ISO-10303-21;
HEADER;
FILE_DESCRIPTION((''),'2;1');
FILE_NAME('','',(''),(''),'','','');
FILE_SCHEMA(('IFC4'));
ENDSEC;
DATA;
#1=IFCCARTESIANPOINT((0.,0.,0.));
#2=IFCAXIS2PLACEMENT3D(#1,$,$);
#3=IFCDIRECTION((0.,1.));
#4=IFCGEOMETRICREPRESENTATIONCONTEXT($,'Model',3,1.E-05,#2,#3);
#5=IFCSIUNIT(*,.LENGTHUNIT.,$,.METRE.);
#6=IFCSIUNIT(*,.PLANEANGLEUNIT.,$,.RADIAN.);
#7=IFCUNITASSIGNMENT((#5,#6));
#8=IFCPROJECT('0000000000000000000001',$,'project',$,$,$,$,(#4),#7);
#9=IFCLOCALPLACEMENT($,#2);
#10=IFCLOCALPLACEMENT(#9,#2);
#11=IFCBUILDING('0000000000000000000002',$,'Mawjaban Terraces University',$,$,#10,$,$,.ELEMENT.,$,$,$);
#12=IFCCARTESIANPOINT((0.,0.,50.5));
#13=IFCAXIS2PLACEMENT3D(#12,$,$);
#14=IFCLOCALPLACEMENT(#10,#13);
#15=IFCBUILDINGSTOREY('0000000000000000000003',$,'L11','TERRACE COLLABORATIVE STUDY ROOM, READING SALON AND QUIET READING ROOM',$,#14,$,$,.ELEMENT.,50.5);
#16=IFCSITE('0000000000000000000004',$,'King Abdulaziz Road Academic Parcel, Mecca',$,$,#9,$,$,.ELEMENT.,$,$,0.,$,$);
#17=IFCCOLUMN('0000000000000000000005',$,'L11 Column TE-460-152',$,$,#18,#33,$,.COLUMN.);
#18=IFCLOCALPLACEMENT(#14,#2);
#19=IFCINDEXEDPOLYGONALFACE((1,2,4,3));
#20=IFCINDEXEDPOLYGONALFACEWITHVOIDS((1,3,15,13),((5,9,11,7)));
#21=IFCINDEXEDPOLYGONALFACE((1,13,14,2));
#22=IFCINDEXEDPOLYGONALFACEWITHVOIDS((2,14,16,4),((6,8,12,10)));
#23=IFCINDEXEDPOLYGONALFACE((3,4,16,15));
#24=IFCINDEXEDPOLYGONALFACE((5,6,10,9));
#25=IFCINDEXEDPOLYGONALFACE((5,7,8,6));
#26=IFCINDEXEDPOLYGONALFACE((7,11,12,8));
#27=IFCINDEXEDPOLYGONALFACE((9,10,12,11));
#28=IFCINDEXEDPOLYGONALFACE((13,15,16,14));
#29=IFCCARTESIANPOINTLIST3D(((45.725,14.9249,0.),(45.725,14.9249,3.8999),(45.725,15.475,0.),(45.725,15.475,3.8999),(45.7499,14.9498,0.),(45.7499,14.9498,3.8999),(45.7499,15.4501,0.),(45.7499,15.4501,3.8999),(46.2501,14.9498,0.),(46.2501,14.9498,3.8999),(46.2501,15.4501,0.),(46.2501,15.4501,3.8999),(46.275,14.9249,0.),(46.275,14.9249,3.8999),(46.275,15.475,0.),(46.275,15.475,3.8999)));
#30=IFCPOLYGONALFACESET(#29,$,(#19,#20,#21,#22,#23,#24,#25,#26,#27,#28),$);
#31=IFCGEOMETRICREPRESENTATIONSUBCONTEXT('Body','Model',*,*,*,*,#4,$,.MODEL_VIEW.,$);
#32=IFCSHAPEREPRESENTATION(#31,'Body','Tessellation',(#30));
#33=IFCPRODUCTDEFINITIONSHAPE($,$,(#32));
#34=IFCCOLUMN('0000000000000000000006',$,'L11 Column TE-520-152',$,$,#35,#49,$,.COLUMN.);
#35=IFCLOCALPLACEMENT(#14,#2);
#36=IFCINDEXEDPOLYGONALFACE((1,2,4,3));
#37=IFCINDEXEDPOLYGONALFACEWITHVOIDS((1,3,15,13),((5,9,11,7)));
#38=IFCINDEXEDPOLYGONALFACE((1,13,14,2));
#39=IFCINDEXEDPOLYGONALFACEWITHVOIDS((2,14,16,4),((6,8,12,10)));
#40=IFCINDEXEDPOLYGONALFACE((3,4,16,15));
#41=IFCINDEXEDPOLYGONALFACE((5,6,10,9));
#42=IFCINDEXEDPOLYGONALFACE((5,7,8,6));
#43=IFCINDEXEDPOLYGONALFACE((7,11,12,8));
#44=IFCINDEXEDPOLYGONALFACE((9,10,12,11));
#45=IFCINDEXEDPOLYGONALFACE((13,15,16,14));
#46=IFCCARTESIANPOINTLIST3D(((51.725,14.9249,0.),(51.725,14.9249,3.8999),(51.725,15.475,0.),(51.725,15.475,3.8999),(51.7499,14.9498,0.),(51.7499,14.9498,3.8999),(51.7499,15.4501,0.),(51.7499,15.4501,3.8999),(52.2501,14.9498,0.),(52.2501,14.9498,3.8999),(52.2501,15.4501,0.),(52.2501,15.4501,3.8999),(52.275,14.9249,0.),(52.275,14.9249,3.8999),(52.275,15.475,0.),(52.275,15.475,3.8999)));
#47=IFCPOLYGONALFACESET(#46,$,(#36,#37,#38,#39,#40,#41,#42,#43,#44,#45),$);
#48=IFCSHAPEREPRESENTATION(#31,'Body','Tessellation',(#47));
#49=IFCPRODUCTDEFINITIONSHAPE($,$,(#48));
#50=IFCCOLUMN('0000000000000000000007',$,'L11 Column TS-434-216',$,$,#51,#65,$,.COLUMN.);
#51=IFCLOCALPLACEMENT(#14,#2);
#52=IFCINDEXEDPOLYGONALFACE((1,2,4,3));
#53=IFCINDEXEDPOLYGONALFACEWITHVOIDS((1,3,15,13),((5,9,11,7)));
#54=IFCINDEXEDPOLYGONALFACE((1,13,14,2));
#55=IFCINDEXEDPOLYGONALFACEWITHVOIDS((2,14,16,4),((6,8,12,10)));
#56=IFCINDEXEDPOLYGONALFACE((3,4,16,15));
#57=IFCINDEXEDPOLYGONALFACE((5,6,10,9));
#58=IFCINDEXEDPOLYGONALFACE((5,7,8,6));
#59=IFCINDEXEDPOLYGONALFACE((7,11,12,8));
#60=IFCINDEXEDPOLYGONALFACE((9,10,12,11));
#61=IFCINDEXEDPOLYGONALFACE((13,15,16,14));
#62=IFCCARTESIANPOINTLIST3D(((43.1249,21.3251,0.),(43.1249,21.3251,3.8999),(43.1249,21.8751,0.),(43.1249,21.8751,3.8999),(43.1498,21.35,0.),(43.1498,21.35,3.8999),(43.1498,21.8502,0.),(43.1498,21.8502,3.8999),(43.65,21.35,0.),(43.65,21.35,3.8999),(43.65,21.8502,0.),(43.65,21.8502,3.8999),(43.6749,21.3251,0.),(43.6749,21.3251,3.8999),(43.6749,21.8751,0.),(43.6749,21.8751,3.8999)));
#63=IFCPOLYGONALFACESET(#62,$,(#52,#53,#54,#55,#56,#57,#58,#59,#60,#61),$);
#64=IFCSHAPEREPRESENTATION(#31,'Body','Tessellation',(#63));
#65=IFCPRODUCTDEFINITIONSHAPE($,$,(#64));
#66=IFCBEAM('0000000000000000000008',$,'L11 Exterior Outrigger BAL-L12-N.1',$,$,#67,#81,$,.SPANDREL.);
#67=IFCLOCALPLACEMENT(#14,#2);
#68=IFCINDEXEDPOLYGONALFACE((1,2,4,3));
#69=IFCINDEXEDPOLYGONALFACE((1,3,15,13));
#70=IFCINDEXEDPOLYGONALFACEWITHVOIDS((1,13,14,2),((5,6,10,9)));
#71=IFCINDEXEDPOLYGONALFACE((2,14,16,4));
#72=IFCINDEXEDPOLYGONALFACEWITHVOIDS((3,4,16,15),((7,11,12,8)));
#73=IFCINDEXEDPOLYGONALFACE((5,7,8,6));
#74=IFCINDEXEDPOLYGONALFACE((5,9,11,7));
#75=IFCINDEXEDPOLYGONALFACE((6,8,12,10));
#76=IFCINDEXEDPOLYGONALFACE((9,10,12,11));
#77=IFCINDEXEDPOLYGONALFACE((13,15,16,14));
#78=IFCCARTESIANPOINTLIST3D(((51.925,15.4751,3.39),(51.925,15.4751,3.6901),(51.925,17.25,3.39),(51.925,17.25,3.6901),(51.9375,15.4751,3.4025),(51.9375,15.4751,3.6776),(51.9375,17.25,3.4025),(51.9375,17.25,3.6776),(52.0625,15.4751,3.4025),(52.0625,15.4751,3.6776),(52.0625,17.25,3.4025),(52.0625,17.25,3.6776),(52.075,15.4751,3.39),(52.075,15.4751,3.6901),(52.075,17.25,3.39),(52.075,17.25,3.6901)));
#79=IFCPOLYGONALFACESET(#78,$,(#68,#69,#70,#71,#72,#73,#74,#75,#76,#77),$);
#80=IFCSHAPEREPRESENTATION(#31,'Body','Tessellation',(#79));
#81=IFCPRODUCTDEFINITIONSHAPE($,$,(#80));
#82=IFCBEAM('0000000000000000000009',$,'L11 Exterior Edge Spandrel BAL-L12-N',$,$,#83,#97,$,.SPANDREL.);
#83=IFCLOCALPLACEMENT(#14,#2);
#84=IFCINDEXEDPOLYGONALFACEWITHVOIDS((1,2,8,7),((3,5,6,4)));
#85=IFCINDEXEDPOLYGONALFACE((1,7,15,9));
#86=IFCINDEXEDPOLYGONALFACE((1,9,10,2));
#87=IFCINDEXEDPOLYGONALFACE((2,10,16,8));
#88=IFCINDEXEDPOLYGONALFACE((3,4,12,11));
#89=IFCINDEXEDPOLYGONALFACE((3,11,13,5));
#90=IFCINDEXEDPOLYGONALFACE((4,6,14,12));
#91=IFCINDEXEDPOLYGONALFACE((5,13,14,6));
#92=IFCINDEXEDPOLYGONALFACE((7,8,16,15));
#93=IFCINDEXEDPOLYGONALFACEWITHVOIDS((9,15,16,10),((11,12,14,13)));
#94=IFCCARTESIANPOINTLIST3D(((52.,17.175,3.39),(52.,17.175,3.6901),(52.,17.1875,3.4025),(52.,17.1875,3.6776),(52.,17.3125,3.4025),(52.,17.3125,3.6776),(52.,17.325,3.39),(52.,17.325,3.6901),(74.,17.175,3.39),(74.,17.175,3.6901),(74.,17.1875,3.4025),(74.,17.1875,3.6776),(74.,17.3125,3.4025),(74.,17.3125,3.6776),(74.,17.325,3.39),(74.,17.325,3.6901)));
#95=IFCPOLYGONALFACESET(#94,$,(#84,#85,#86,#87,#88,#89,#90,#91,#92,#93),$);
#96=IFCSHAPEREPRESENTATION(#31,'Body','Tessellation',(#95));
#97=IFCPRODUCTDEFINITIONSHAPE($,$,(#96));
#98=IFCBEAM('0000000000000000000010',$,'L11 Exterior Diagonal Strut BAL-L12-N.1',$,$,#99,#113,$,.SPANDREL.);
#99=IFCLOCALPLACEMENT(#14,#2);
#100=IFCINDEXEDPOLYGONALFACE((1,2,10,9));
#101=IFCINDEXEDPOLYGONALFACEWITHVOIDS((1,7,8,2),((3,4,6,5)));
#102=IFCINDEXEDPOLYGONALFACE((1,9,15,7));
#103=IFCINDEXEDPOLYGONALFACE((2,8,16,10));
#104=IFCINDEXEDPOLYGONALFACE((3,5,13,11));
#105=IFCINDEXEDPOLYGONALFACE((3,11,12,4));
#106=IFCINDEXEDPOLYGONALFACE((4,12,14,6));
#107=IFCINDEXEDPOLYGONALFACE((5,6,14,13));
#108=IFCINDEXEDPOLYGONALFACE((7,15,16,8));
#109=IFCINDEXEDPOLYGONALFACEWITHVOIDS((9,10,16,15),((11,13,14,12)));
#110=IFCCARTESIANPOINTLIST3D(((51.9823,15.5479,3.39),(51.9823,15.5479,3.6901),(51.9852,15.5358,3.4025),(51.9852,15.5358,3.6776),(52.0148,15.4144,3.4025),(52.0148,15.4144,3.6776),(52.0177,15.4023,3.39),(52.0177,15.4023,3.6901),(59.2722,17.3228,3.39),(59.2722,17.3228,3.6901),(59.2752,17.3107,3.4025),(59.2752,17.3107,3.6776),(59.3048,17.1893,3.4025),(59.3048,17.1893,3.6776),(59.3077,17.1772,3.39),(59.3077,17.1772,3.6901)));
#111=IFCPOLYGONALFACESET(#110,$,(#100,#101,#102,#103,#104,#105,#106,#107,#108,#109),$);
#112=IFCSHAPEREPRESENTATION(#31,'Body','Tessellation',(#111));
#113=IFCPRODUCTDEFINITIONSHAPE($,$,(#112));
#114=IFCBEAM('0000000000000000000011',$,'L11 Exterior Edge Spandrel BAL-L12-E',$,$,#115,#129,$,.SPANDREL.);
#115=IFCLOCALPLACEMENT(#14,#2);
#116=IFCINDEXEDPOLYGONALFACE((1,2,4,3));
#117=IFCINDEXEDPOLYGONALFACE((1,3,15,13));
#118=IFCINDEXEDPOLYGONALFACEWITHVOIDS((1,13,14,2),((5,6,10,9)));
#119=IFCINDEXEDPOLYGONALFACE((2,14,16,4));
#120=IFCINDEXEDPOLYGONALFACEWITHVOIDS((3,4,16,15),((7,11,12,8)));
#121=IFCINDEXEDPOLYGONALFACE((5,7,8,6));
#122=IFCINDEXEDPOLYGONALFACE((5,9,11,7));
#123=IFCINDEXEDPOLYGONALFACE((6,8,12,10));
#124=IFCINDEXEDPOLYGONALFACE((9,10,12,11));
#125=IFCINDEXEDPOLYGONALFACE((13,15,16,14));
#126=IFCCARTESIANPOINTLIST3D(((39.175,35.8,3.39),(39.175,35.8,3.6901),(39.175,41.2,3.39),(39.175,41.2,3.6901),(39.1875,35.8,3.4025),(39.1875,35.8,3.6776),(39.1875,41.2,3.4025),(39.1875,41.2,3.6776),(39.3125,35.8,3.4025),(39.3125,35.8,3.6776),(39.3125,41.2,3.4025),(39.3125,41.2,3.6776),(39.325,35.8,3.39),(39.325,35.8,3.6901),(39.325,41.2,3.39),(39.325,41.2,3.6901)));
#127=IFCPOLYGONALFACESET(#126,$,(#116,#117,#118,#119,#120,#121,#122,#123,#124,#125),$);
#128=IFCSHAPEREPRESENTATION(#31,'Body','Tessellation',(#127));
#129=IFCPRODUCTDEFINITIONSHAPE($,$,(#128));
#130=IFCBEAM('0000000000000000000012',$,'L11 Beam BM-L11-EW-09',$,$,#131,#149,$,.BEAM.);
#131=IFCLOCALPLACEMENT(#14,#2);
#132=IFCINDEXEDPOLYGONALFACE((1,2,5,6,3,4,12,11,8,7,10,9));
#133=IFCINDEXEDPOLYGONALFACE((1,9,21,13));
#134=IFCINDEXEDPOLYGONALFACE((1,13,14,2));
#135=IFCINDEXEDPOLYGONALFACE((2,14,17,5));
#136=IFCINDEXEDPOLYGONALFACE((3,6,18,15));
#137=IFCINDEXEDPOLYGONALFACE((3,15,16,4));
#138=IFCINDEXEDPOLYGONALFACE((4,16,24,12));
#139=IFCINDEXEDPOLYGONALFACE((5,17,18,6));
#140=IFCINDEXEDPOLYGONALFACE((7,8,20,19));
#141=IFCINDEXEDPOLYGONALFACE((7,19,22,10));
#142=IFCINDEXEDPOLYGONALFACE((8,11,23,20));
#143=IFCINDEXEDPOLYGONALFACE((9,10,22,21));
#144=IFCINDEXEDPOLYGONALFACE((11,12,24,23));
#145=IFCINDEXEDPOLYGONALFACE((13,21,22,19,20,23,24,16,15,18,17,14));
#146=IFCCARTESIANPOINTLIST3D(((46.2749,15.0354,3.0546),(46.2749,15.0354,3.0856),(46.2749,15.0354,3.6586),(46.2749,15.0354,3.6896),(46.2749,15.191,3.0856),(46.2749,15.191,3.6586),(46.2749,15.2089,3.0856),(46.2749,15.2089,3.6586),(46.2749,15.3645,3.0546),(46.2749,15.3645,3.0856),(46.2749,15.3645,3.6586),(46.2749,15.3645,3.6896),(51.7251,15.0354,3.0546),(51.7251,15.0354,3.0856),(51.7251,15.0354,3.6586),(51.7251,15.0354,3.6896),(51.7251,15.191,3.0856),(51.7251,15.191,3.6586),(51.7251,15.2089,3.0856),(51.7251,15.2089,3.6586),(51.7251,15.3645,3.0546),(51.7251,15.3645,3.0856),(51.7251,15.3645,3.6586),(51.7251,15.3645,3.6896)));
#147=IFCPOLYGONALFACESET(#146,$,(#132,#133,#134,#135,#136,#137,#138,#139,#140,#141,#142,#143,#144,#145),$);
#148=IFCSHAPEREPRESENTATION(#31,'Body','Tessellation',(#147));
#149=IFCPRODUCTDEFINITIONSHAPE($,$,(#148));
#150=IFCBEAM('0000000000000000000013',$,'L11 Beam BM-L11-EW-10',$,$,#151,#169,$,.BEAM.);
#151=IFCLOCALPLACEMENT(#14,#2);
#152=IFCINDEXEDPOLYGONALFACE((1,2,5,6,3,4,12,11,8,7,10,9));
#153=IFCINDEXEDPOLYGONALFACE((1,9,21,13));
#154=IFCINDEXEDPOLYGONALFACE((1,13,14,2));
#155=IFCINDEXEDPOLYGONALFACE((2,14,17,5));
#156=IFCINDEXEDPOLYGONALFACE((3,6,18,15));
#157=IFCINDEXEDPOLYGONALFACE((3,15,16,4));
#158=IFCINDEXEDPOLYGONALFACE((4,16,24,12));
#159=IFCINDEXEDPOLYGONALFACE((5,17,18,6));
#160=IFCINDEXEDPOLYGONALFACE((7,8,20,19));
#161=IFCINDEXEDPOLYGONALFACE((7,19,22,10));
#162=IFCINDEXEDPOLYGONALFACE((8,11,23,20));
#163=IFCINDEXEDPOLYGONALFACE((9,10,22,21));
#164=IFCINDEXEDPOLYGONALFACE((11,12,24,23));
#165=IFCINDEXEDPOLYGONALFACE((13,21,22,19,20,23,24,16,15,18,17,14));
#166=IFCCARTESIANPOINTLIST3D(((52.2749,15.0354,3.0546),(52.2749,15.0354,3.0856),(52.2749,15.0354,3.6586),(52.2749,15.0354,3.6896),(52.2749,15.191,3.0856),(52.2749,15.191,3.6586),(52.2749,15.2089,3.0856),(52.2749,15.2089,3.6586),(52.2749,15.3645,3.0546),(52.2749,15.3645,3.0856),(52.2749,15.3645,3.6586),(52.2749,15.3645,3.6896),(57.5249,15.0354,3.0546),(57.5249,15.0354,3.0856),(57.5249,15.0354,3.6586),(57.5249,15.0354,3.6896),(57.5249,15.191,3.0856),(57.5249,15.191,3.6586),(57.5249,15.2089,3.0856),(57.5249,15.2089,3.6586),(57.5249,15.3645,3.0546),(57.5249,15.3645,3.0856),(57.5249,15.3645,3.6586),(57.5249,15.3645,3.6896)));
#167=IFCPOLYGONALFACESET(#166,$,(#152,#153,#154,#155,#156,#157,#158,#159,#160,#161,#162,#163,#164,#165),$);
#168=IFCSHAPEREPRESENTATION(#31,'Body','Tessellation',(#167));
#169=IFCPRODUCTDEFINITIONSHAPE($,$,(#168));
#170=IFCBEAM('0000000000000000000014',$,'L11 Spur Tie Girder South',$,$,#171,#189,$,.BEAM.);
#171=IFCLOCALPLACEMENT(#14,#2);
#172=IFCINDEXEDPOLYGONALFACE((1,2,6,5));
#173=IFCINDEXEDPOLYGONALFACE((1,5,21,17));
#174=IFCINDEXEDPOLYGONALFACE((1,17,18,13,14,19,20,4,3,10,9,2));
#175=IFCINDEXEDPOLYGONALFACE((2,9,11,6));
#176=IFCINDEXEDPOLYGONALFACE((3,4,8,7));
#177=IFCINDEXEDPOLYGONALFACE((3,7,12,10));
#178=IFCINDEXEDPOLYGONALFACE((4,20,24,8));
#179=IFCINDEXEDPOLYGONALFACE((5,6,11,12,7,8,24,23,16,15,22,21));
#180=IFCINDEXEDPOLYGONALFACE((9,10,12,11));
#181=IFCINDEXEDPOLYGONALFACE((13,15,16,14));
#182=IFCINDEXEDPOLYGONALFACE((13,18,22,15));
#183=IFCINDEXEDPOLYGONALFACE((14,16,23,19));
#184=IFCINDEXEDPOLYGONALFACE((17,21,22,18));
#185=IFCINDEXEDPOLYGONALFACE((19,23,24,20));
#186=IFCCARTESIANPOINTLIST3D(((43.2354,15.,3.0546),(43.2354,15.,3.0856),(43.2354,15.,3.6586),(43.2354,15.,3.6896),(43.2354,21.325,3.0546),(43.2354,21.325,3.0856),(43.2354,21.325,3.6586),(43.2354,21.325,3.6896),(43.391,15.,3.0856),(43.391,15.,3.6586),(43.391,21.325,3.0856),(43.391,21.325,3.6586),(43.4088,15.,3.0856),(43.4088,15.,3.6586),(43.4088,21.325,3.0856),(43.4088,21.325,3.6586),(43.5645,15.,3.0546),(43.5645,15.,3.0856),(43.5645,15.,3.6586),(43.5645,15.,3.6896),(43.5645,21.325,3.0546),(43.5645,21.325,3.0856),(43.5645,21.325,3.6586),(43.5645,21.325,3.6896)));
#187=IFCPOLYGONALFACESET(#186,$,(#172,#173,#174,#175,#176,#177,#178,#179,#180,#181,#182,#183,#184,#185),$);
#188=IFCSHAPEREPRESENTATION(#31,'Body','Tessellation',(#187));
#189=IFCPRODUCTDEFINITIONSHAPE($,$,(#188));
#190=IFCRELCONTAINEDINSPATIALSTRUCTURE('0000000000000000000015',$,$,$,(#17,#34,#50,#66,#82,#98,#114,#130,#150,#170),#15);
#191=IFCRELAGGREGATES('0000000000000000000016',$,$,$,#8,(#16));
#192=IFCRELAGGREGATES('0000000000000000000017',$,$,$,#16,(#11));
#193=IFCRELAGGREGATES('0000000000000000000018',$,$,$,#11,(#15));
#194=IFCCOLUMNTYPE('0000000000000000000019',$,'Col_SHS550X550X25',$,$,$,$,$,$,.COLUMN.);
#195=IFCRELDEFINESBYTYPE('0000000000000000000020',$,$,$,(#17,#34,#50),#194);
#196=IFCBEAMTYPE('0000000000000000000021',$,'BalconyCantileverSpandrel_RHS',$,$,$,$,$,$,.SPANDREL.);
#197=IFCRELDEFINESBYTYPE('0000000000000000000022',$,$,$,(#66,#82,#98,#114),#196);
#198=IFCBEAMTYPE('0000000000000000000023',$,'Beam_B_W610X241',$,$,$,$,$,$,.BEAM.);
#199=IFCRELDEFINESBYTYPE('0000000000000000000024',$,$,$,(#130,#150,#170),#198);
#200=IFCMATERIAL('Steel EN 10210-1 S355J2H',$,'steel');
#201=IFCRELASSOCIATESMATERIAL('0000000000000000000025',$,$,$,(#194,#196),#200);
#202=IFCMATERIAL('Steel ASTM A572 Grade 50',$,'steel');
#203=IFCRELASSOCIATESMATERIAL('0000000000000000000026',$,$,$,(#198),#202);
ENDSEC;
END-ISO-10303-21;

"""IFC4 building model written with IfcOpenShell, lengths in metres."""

from ifc_helpers import new_model, si_unit, direction, frame, origin, origin_2d, place, context, subcontext, project, spatial, hollow_rectangle, i_section, extrude, material, material_profile, profile_set, type_object, element, save


model = new_model("IFC4")

# Units and contexts
model_context = context("Model", 3, precision=1e-05, world=origin(), true_north=direction((0.0, 1.0)))
body_context = subcontext(model_context, "Body", "Model", "MODEL_VIEW")
ifc_project = project(units=[si_unit("LENGTHUNIT", "METRE"), si_unit("PLANEANGLEUNIT", "RADIAN")], contexts=[model_context])

# Site, building, storey
site_placement = place(None, origin())
site = spatial("IfcSite", under=ifc_project, at=site_placement, Name="King Abdulaziz Road Academic Parcel, Mecca", CompositionType="ELEMENT", RefElevation=0.0)
building_placement = place(site_placement, origin())
building = spatial("IfcBuilding", under=site, at=building_placement, Name="Mawjaban Terraces University", CompositionType="ELEMENT")
storey_placement = place(building_placement, frame((0.0, 0.0, 50.5)))
storey = spatial("IfcBuildingStorey", under=building, at=storey_placement, Name="L11", Description="TERRACE COLLABORATIVE STUDY ROOM, READING SALON AND QUIET READING ROOM", CompositionType="ELEMENT", Elevation=50.5)

# Columns
ifc_material_1 = material(Name="Steel EN 10210-1 S355J2H", Category="steel")
ifc_material_profile_1 = material_profile(ifc_material_1, hollow_rectangle(XDim=0.55, YDim=0.55, WallThickness=0.0249, at=origin_2d()), Name="SHS550X550X25")
ifc_profile_set_1 = profile_set([ifc_material_profile_1], Name="Steel EN 10210-1 S355J2H")
column_type = type_object("IfcColumnType", Name="Col_SHS550X550X25", PredefinedType="COLUMN", material=ifc_profile_set_1)
for number, where, z_axis, x_axis, name in (
    (1, (46.0, 15.2, 0.0), (0.0, 0.0, 1.0), (1.0, 0.0, 0.0), "L11 Column TE-460-152"),
    (2, (52.0, 15.2, 0.0), (0.0, 0.0, 1.0), (1.0, 0.0, 0.0), "L11 Column TE-520-152"),
    (3, (43.3999, 21.6001, 0.0), (0.0, 0.0, 1.0), (1.0, 0.0, 0.0), "L11 Column TS-434-216"),
):
    element("IfcColumn", number, at=place(storey_placement, frame(where, z_axis=z_axis, x_axis=x_axis)), inside=storey, type_object=column_type, Name=name, PredefinedType="COLUMN", context=body_context, shape_type="SweptSolid", body=[
        extrude(hollow_rectangle(XDim=0.55, YDim=0.55, WallThickness=0.0249, at=origin_2d()), origin(), (0.0, 0.0, 1.0), 3.8999),
    ])

# Beams
ifc_material_profile_2 = material_profile(ifc_material_1, hollow_rectangle(XDim=0.1499, YDim=0.3, WallThickness=0.0125, at=origin_2d()), Name="RHS300X150X12.5")
ifc_profile_set_2 = profile_set([ifc_material_profile_2], Name="Steel EN 10210-1 S355J2H")
beam_type_1 = type_object("IfcBeamType", Name="BalconyCantileverSpandrel_RHS", PredefinedType="SPANDREL", material=ifc_profile_set_2)
beam_1_placement = place(storey_placement, frame((52.0, 15.4751, 3.54), z_axis=(0.0, 1.0, 0.0), x_axis=(-1.0, 0.0, 0.0)))
element("IfcBeam", 4, at=beam_1_placement, inside=storey, type_object=beam_type_1, Name="L11 Exterior Outrigger BAL-L12-N.1", PredefinedType="SPANDREL", context=body_context, shape_type="SweptSolid", body=[
    extrude(hollow_rectangle(XDim=0.1499, YDim=0.3, WallThickness=0.0125, at=origin_2d()), origin(), (0.0, 0.0, 1.0), 1.7749),
])
beam_2_placement = place(storey_placement, frame((52.0, 17.25, 3.54), z_axis=(1.0, 0.0, 0.0), x_axis=(0.0, 1.0, 0.0)))
element("IfcBeam", 5, at=beam_2_placement, inside=storey, type_object=beam_type_1, Name="L11 Exterior Edge Spandrel BAL-L12-N", PredefinedType="SPANDREL", context=body_context, shape_type="SweptSolid", body=[
    extrude(hollow_rectangle(XDim=0.1499, YDim=0.3, WallThickness=0.0125, at=origin_2d()), origin(), (0.0, 0.0, 1.0), 22.0),
])
beam_3_placement = place(storey_placement, frame((52.0, 15.4751, 3.54), z_axis=(0.971617, 0.236559, 0.0), x_axis=(-0.236559, 0.971617, 0.0)))
element("IfcBeam", 6, at=beam_3_placement, inside=storey, type_object=beam_type_1, Name="L11 Exterior Diagonal Strut BAL-L12-N.1", PredefinedType="SPANDREL", context=body_context, shape_type="SweptSolid", body=[
    extrude(hollow_rectangle(XDim=0.1499, YDim=0.3, WallThickness=0.0125, at=origin_2d()), origin(), (0.0, 0.0, 1.0), 7.5029),
])
beam_4_placement = place(storey_placement, frame((39.25, 35.8, 3.54), z_axis=(0.0, 1.0, 0.0), x_axis=(-1.0, 0.0, 0.0)))
element("IfcBeam", 7, at=beam_4_placement, inside=storey, type_object=beam_type_1, Name="L11 Exterior Edge Spandrel BAL-L12-E", PredefinedType="SPANDREL", context=body_context, shape_type="SweptSolid", body=[
    extrude(hollow_rectangle(XDim=0.1499, YDim=0.3, WallThickness=0.0125, at=origin_2d()), origin(), (0.0, 0.0, 1.0), 5.3999),
])
ifc_material_2 = material(Name="Steel ASTM A572 Grade 50", Category="steel")
ifc_material_profile_3 = material_profile(ifc_material_2, i_section(OverallWidth=0.3291, OverallDepth=0.635, WebThickness=0.0178, FlangeThickness=0.031, at=origin_2d()), Name="W610X241")
ifc_profile_set_3 = profile_set([ifc_material_profile_3], Name="Steel ASTM A572 Grade 50")
beam_type_2 = type_object("IfcBeamType", Name="Beam_B_W610X241", PredefinedType="BEAM", material=ifc_profile_set_3)
beam_5_placement = place(storey_placement, frame((46.2749, 15.2, 3.3721), z_axis=(1.0, 0.0, 0.0), x_axis=(0.0, 1.0, 0.0)))
element("IfcBeam", 8, at=beam_5_placement, inside=storey, type_object=beam_type_2, Name="L11 Beam BM-L11-EW-09", PredefinedType="BEAM", context=body_context, shape_type="SweptSolid", body=[
    extrude(i_section(OverallWidth=0.3291, OverallDepth=0.635, WebThickness=0.0178, FlangeThickness=0.031, at=origin_2d()), origin(), (0.0, 0.0, 1.0), 5.4502),
])
beam_6_placement = place(storey_placement, frame((52.2749, 15.2, 3.3721), z_axis=(1.0, 0.0, 0.0), x_axis=(0.0, 1.0, 0.0)))
element("IfcBeam", 9, at=beam_6_placement, inside=storey, type_object=beam_type_2, Name="L11 Beam BM-L11-EW-10", PredefinedType="BEAM", context=body_context, shape_type="SweptSolid", body=[
    extrude(i_section(OverallWidth=0.3291, OverallDepth=0.635, WebThickness=0.0178, FlangeThickness=0.031, at=origin_2d()), origin(), (0.0, 0.0, 1.0), 5.25),
])
beam_7_placement = place(storey_placement, frame((43.3999, 15.0, 3.3721), z_axis=(0.0, 1.0, 0.0), x_axis=(-1.0, 0.0, 0.0)))
element("IfcBeam", 10, at=beam_7_placement, inside=storey, type_object=beam_type_2, Name="L11 Spur Tie Girder South", PredefinedType="BEAM", context=body_context, shape_type="SweptSolid", body=[
    extrude(i_section(OverallWidth=0.3291, OverallDepth=0.635, WebThickness=0.0178, FlangeThickness=0.031, at=origin_2d()), origin(), (0.0, 0.0, 1.0), 6.325),
])

save(model, "model.ifc")
